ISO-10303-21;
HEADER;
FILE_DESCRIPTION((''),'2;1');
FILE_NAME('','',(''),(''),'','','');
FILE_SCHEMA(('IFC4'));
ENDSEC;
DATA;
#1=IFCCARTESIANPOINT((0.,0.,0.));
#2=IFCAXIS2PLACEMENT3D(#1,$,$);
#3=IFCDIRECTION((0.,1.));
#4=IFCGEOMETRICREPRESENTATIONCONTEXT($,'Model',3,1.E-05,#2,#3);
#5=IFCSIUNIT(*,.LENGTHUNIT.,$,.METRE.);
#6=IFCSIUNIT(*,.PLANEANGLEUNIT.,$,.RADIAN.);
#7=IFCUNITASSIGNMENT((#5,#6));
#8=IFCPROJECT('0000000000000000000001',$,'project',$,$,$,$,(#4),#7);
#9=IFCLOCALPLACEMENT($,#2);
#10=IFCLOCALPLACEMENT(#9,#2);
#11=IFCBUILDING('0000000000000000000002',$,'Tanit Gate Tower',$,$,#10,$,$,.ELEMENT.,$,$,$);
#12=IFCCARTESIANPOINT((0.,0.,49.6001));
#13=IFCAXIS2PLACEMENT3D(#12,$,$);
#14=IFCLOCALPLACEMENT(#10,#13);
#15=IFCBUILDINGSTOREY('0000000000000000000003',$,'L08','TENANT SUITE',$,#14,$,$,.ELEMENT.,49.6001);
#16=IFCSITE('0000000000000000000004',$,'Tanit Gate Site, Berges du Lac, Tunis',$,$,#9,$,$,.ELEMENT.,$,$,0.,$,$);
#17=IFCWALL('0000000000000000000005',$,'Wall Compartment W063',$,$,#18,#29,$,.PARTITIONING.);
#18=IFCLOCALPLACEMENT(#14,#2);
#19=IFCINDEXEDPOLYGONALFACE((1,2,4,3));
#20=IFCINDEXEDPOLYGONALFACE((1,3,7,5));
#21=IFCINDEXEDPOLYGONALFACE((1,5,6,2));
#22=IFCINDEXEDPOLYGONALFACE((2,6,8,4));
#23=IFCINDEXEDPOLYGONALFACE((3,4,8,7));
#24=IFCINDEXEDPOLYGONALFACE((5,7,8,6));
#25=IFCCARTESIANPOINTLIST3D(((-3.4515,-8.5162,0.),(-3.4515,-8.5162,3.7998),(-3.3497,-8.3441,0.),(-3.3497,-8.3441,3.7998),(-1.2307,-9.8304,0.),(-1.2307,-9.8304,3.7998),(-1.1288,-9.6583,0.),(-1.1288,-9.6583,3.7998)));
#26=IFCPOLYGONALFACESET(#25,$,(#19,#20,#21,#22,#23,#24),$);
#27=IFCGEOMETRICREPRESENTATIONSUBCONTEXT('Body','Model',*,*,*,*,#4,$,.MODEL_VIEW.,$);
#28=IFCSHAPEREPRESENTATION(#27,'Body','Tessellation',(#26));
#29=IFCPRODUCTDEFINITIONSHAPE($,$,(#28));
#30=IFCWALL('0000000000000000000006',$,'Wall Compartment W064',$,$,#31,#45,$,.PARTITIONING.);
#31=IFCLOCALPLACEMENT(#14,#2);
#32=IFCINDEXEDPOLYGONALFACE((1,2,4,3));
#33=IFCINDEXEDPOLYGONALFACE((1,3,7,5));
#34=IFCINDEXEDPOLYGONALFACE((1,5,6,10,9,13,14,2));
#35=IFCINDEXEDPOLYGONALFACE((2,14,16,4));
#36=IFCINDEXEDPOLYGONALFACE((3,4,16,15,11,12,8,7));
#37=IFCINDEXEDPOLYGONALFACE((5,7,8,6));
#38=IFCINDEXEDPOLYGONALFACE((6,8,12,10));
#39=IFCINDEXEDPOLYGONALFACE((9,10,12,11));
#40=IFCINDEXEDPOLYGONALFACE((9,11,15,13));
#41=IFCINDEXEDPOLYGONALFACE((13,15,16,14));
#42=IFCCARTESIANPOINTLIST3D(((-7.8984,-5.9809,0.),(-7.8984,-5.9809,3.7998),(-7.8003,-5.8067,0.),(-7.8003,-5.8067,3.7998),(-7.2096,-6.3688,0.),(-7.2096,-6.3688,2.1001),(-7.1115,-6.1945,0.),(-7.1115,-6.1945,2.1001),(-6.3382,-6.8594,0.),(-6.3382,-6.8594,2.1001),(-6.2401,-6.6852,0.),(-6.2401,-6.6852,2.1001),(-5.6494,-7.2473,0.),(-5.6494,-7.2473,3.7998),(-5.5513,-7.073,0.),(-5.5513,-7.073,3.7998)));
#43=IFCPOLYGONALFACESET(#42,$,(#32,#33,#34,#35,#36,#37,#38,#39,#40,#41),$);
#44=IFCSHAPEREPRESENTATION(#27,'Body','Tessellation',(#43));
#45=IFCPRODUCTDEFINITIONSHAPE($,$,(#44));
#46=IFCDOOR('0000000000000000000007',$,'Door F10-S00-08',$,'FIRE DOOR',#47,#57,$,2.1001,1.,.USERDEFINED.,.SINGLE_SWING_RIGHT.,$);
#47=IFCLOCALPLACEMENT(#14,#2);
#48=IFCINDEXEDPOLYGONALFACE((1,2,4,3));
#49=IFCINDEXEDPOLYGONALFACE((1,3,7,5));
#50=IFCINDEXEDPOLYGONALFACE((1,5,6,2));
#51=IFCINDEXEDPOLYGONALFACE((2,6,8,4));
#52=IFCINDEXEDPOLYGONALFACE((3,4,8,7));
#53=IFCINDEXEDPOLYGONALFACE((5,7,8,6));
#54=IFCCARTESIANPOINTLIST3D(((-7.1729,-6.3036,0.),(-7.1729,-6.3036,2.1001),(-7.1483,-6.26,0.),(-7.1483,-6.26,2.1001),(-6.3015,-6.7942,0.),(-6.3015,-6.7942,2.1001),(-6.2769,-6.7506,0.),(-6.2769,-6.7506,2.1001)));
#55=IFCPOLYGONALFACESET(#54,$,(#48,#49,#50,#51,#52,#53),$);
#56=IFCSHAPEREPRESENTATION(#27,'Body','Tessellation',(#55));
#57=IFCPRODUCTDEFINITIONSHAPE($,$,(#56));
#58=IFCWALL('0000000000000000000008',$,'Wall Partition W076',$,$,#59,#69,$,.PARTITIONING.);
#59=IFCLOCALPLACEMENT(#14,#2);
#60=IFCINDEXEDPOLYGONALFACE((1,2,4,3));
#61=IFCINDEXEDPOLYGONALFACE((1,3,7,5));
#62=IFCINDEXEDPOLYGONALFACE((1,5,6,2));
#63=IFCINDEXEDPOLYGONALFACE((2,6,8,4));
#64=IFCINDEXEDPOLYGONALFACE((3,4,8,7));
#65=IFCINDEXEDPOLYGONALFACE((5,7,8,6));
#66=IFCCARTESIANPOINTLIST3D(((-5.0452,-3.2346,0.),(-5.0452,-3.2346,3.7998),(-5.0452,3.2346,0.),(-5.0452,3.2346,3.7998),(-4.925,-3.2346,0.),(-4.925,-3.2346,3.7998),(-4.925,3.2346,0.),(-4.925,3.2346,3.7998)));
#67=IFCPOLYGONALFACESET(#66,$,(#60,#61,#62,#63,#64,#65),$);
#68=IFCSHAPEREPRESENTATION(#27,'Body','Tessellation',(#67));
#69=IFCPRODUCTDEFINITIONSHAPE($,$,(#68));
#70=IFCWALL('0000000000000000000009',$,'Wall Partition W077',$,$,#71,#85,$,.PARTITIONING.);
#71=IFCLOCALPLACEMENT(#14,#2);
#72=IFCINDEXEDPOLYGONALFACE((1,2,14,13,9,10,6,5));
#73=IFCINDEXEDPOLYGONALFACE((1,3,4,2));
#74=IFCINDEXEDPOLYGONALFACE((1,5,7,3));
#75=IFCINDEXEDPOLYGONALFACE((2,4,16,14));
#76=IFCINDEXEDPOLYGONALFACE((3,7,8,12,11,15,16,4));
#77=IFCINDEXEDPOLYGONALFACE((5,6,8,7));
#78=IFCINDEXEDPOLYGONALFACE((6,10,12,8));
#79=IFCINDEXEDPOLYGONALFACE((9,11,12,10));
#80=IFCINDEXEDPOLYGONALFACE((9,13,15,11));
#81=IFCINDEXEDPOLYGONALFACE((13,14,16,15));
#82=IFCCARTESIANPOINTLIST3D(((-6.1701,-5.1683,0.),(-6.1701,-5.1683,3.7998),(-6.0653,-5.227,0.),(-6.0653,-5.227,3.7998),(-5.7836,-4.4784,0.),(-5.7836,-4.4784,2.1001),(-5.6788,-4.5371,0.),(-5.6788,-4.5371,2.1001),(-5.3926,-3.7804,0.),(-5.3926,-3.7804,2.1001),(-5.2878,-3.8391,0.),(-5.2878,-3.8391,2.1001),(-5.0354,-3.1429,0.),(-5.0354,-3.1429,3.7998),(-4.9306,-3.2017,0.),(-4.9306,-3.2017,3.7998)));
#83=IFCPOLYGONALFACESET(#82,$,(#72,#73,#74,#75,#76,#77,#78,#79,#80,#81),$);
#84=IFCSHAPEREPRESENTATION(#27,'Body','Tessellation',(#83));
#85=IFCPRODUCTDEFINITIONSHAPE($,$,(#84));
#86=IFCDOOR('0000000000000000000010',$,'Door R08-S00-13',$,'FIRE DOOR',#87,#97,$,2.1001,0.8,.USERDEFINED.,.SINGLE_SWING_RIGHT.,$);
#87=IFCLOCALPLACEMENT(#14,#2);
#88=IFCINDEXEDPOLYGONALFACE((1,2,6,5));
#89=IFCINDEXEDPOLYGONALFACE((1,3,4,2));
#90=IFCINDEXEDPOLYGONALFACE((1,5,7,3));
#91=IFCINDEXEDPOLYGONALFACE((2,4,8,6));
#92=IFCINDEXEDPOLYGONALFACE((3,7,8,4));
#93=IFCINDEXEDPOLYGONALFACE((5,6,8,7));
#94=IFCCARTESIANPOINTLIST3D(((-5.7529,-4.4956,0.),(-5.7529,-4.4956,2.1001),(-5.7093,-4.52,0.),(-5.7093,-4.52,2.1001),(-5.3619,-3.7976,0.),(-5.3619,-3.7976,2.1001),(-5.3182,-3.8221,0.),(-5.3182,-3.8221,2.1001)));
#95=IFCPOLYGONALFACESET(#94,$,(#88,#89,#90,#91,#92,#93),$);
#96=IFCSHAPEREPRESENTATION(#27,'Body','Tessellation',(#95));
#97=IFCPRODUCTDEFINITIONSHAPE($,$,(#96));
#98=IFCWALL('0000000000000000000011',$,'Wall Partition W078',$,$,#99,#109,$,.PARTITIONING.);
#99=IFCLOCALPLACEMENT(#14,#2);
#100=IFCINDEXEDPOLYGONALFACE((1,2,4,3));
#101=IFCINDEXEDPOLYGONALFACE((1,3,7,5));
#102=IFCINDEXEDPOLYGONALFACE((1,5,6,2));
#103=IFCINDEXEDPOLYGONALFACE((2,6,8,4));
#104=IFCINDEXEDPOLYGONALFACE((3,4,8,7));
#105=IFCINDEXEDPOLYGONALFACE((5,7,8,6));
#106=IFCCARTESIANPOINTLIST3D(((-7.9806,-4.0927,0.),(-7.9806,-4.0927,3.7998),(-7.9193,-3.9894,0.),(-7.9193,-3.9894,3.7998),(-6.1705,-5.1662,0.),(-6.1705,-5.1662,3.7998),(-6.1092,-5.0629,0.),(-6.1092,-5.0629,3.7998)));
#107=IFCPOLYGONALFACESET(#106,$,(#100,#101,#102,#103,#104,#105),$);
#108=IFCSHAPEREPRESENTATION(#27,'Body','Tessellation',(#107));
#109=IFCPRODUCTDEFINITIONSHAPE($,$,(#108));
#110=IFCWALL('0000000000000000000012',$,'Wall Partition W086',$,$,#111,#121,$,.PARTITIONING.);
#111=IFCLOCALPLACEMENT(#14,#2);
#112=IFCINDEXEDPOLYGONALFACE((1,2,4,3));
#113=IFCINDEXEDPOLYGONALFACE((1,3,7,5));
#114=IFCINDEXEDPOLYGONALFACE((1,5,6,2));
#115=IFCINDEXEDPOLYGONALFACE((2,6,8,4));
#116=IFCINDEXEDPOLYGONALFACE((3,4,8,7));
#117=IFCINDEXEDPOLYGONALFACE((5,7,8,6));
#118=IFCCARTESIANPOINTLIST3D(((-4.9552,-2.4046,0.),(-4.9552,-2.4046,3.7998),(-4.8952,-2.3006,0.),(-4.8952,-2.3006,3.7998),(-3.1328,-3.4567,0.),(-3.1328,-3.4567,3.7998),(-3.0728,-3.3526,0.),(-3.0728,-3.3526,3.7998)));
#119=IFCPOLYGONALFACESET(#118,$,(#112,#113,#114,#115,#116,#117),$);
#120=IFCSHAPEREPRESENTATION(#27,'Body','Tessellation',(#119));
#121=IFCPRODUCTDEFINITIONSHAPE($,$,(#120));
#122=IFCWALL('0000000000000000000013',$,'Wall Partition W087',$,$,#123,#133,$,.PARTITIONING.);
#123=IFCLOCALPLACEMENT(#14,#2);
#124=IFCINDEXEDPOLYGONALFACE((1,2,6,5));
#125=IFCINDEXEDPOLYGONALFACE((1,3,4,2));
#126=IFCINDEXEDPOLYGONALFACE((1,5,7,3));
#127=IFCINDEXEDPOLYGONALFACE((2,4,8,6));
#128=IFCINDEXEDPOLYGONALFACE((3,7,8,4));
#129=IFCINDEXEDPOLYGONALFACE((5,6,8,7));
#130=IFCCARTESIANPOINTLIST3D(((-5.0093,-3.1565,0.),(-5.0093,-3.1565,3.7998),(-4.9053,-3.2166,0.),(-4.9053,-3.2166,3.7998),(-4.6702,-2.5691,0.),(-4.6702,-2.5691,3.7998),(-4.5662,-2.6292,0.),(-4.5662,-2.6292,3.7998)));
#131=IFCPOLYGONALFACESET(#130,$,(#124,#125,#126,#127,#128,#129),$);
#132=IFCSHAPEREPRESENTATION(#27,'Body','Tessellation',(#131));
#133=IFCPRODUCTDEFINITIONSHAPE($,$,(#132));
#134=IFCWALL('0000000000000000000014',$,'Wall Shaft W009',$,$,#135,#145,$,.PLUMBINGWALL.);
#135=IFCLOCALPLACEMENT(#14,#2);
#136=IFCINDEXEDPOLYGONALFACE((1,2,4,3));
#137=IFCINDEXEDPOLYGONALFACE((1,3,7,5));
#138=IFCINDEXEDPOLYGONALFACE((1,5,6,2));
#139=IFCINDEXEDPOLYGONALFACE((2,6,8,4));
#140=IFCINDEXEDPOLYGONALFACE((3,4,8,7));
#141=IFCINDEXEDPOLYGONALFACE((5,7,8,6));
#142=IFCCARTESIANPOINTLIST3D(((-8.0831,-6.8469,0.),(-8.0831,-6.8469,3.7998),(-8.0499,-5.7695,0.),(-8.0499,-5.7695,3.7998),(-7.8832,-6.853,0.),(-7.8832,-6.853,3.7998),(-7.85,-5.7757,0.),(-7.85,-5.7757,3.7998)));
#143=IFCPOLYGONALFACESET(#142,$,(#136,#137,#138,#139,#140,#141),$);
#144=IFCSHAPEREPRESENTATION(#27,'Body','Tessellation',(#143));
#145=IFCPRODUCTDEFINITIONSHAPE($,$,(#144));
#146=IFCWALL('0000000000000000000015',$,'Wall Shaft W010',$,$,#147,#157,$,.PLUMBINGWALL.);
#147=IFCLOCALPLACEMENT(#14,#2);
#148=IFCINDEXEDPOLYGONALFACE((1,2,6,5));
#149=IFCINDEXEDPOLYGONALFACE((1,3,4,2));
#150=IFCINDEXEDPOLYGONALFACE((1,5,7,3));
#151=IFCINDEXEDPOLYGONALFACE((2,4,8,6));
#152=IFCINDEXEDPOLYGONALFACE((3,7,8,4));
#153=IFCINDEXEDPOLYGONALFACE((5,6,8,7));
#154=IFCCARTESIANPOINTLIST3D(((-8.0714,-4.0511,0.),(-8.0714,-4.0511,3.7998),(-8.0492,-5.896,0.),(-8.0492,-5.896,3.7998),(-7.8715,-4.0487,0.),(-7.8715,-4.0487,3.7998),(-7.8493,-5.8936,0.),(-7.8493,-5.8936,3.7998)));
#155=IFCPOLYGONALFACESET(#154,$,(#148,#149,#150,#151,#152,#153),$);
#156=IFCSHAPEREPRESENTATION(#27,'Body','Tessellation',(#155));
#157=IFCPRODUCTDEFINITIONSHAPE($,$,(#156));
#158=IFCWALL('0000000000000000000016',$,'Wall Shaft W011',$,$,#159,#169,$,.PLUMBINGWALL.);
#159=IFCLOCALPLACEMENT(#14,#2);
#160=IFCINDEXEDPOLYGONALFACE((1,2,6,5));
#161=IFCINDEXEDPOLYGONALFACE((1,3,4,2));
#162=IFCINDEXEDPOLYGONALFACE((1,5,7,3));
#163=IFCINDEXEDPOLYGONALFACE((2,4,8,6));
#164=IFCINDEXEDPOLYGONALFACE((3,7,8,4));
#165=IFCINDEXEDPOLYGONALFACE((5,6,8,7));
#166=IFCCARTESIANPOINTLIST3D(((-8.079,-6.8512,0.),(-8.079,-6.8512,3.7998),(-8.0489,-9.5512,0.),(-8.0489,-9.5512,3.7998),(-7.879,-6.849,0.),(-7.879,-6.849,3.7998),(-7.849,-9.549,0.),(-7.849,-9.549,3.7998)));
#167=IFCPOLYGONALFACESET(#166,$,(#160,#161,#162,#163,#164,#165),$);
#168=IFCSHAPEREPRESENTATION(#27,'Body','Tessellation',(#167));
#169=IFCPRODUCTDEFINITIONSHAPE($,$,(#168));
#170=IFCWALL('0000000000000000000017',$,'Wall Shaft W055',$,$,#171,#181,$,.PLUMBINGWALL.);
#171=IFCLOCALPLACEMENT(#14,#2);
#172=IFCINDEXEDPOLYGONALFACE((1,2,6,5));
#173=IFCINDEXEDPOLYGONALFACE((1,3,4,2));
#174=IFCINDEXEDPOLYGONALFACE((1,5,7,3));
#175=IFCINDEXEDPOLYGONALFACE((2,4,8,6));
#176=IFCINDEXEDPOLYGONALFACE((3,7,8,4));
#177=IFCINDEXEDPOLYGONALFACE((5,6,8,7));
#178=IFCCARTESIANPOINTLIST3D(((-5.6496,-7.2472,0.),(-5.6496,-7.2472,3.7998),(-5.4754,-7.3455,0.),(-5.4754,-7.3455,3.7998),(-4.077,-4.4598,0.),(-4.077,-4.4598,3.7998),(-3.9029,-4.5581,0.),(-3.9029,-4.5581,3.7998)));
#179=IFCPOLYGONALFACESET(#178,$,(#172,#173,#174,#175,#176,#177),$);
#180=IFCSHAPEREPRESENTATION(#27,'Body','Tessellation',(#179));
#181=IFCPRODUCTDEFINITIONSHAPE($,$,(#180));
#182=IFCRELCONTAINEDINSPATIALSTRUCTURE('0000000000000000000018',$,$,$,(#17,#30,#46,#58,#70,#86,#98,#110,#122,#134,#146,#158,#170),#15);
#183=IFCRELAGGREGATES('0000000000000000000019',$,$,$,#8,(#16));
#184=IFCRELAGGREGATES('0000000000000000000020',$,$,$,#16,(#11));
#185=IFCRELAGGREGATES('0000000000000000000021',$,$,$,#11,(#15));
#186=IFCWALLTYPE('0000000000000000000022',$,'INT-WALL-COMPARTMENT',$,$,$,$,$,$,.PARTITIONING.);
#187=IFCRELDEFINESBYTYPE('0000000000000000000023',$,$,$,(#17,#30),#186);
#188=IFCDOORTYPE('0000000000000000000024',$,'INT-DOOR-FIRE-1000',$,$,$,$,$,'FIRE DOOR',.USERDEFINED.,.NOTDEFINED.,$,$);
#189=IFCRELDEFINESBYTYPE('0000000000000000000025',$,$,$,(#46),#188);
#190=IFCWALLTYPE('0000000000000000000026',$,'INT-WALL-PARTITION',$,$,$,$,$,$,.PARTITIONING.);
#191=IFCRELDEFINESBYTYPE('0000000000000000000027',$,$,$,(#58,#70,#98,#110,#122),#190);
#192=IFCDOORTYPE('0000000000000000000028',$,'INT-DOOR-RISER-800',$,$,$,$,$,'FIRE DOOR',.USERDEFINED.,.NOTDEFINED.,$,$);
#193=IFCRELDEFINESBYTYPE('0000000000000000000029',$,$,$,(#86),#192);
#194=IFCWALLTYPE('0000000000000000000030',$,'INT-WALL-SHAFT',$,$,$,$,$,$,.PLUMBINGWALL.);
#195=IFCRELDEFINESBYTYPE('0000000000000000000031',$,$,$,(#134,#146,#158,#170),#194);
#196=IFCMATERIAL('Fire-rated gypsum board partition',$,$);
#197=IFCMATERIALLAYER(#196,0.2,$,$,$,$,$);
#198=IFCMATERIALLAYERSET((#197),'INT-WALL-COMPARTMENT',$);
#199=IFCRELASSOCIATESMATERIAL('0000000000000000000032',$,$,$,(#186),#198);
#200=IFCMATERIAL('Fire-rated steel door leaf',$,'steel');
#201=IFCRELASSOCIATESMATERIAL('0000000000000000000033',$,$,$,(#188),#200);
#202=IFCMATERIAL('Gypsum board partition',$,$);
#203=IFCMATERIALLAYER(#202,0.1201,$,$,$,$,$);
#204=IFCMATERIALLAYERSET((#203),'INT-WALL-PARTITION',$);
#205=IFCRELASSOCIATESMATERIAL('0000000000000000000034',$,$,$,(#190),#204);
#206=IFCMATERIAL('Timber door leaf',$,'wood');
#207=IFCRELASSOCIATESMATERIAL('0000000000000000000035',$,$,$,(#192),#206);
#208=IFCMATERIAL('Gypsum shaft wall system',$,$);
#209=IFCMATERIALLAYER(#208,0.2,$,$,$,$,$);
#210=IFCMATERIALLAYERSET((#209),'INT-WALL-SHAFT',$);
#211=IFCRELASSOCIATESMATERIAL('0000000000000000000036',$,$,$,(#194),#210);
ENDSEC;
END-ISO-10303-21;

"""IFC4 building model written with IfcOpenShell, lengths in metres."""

from ifc_helpers import new_model, si_unit, direction, frame, frame_2d, origin, place, context, subcontext, project, spatial, rectangle, extrude, material, layer, layer_set, type_object, element, fill, save


model = new_model("IFC4")

# Units and contexts
model_context = context("Model", 3, precision=1e-05, world=origin(), true_north=direction((0.0, 1.0)))
body_context = subcontext(model_context, "Body", "Model", "MODEL_VIEW")
ifc_project = project(units=[si_unit("LENGTHUNIT", "METRE"), si_unit("PLANEANGLEUNIT", "RADIAN")], contexts=[model_context])

# Site, building, storey
site_placement = place(None, origin())
site = spatial("IfcSite", under=ifc_project, at=site_placement, Name="Tanit Gate Site, Berges du Lac, Tunis", CompositionType="ELEMENT", RefElevation=0.0)
building_placement = place(site_placement, origin())
building = spatial("IfcBuilding", under=site, at=building_placement, Name="Tanit Gate Tower", CompositionType="ELEMENT")
storey_placement = place(building_placement, frame((0.0, 0.0, 49.6001)))
storey = spatial("IfcBuildingStorey", under=building, at=storey_placement, Name="L08", Description="TENANT SUITE", CompositionType="ELEMENT", Elevation=49.6001)

# Wall
ifc_material_1 = material(Name="Fire-rated gypsum board partition")
ifc_layer_1 = layer(ifc_material_1, 0.2)
ifc_layer_set_1 = layer_set([ifc_layer_1], Name="INT-WALL-COMPARTMENT")
wall_type_1 = type_object("IfcWallType", Name="INT-WALL-COMPARTMENT", PredefinedType="PARTITIONING", material=ifc_layer_set_1)
wall_1_placement = place(storey_placement, frame((-3.4006, -8.4302, 0.0), z_axis=(0.0, 0.0, 1.0), x_axis=(0.860616, -0.509255, 0.0)))
element("IfcWall", 1, at=wall_1_placement, inside=storey, type_object=wall_type_1, Name="Wall Compartment W063", PredefinedType="PARTITIONING", context=body_context, shape_type="SweptSolid", body=[
    extrude(rectangle(XDim=2.5806, YDim=0.2, at=frame_2d((1.2903, 0.0))), origin(), (0.0, 0.0, 1.0), 3.7998),
])

# Wall, opening, door
wall_2_placement = place(storey_placement, frame((-7.8494, -5.8938, 0.0), z_axis=(0.0, 0.0, 1.0), x_axis=(0.871363, -0.490638, 0.0)))
wall_2 = element("IfcWall", 2, at=wall_2_placement, inside=storey, type_object=wall_type_1, Name="Wall Compartment W064", PredefinedType="PARTITIONING", context=body_context, shape_type="SweptSolid", body=[
    extrude(rectangle(XDim=2.5811, YDim=0.2, at=frame_2d((1.2905, 0.0))), origin(), (0.0, 0.0, 1.0), 3.7998),
])
opening_1_placement = place(wall_2_placement, frame((0.7905, 0.0, 0.0)))
opening_1 = element("IfcOpeningElement", 3, at=opening_1_placement, cuts=wall_2, PredefinedType="OPENING", context=body_context, shape_type="SweptSolid", body=[
    extrude(rectangle(XDim=1.0, YDim=2.1001, at=frame_2d((0.5, 1.05))), frame((0.0, 0.1099, 0.0), z_axis=(0.0, -1.0, 0.0), x_axis=(1.0, 0.0, 0.0)), (0.0, 0.0, 1.0), 0.22),
])
ifc_material_2 = material(Name="Fire-rated steel door leaf", Category="steel")
door_type_1 = type_object("IfcDoorType", Name="INT-DOOR-FIRE-1000", ElementType="FIRE DOOR", OperationType="NOTDEFINED", PredefinedType="USERDEFINED", material=ifc_material_2)
door_1_placement = place(opening_1_placement, origin())
door_1 = element("IfcDoor", 4, at=door_1_placement, inside=storey, type_object=door_type_1, Name="Door F10-S00-08", ObjectType="FIRE DOOR", OperationType="SINGLE_SWING_RIGHT", OverallHeight=2.1001, OverallWidth=1.0, PredefinedType="USERDEFINED", context=body_context, shape_type="SweptSolid", body=[
    extrude(rectangle(XDim=1.0, YDim=2.1001, at=frame_2d((0.5, 1.05))), frame((0.0, 0.0249, 0.0), z_axis=(0.0, -1.0, 0.0), x_axis=(1.0, 0.0, 0.0)), (0.0, 0.0, 1.0), 0.05),
])
fill(opening_1, door_1)

# Wall
ifc_material_3 = material(Name="Gypsum board partition")
ifc_layer_2 = layer(ifc_material_3, 0.1201)
ifc_layer_set_2 = layer_set([ifc_layer_2], Name="INT-WALL-PARTITION")
wall_type_2 = type_object("IfcWallType", Name="INT-WALL-PARTITION", PredefinedType="PARTITIONING", material=ifc_layer_set_2)
wall_3_placement = place(storey_placement, frame((-4.9851, -3.2346, 0.0), z_axis=(0.0, 0.0, 1.0), x_axis=(0.0, 1.0, 0.0)))
element("IfcWall", 5, at=wall_3_placement, inside=storey, type_object=wall_type_2, Name="Wall Partition W076", PredefinedType="PARTITIONING", context=body_context, shape_type="SweptSolid", body=[
    extrude(rectangle(XDim=6.4692, YDim=0.1201, at=frame_2d((3.2346, 0.0))), origin(), (0.0, 0.0, 1.0), 3.7998),
])

# Wall, opening, door
wall_4_placement = place(storey_placement, frame((-6.1177, -5.1975, 0.0), z_axis=(0.0, 0.0, 1.0), x_axis=(0.488783, 0.872406, 0.0)))
wall_4 = element("IfcWall", 6, at=wall_4_placement, inside=storey, type_object=wall_type_2, Name="Wall Partition W077", PredefinedType="PARTITIONING", context=body_context, shape_type="SweptSolid", body=[
    extrude(rectangle(XDim=2.3215, YDim=0.1201, at=frame_2d((1.1606, 0.0))), origin(), (0.0, 0.0, 1.0), 3.7998),
])
opening_2_placement = place(wall_4_placement, frame((0.7908, 0.0, 0.0)))
opening_2 = element("IfcOpeningElement", 7, at=opening_2_placement, cuts=wall_4, PredefinedType="OPENING", context=body_context, shape_type="SweptSolid", body=[
    extrude(rectangle(XDim=0.8, YDim=2.1001, at=frame_2d((0.3999, 1.05))), frame((0.0, 0.0701, 0.0), z_axis=(0.0, -1.0, 0.0), x_axis=(1.0, 0.0, 0.0)), (0.0, 0.0, 1.0), 0.1401),
])
ifc_material_4 = material(Name="Timber door leaf", Category="wood")
door_type_2 = type_object("IfcDoorType", Name="INT-DOOR-RISER-800", ElementType="FIRE DOOR", OperationType="NOTDEFINED", PredefinedType="USERDEFINED", material=ifc_material_4)
door_2_placement = place(opening_2_placement, origin())
door_2 = element("IfcDoor", 8, at=door_2_placement, inside=storey, type_object=door_type_2, Name="Door R08-S00-13", ObjectType="FIRE DOOR", OperationType="SINGLE_SWING_RIGHT", OverallHeight=2.1001, OverallWidth=0.8, PredefinedType="USERDEFINED", context=body_context, shape_type="SweptSolid", body=[
    extrude(rectangle(XDim=0.8, YDim=2.1001, at=frame_2d((0.3999, 1.05))), frame((0.0, 0.0249, 0.0), z_axis=(0.0, -1.0, 0.0), x_axis=(1.0, 0.0, 0.0)), (0.0, 0.0, 1.0), 0.05),
])
fill(opening_2, door_2)

# Walls
wall_5_placement = place(storey_placement, frame((-7.95, -4.041, 0.0), z_axis=(0.0, 0.0, 1.0), x_axis=(0.860112, -0.510104, 0.0)))
element("IfcWall", 9, at=wall_5_placement, inside=storey, type_object=wall_type_2, Name="Wall Partition W078", PredefinedType="PARTITIONING", context=body_context, shape_type="SweptSolid", body=[
    extrude(rectangle(XDim=2.1045, YDim=0.1201, at=frame_2d((1.0522, 0.0))), origin(), (0.0, 0.0, 1.0), 3.7998),
])
wall_6_placement = place(storey_placement, frame((-4.9253, -2.3525, 0.0), z_axis=(0.0, 0.0, 1.0), x_axis=(0.866043, -0.49997, 0.0)))
element("IfcWall", 10, at=wall_6_placement, inside=storey, type_object=wall_type_2, Name="Wall Partition W086", PredefinedType="PARTITIONING", context=body_context, shape_type="SweptSolid", body=[
    extrude(rectangle(XDim=2.1042, YDim=0.1201, at=frame_2d((1.0522, 0.0))), origin(), (0.0, 0.0, 1.0), 3.7998),
])
wall_7_placement = place(storey_placement, frame((-4.9573, -3.1865, 0.0), z_axis=(0.0, 0.0, 1.0), x_axis=(0.499972, 0.866042, 0.0)))
element("IfcWall", 11, at=wall_7_placement, inside=storey, type_object=wall_type_2, Name="Wall Partition W087", PredefinedType="PARTITIONING", context=body_context, shape_type="SweptSolid", body=[
    extrude(rectangle(XDim=0.6782, YDim=0.1201, at=frame_2d((0.3391, 0.0))), origin(), (0.0, 0.0, 1.0), 3.7998),
])
ifc_material_5 = material(Name="Gypsum shaft wall system")
ifc_layer_3 = layer(ifc_material_5, 0.2)
ifc_layer_set_3 = layer_set([ifc_layer_3], Name="INT-WALL-SHAFT")
wall_type_3 = type_object("IfcWallType", Name="INT-WALL-SHAFT", PredefinedType="PLUMBINGWALL", material=ifc_layer_set_3)
wall_8_placement = place(storey_placement, frame((-7.95, -5.7725, 0.0), z_axis=(0.0, 0.0, 1.0), x_axis=(-0.030803, -0.999525, 0.0)))
element("IfcWall", 12, at=wall_8_placement, inside=storey, type_object=wall_type_3, Name="Wall Shaft W009", PredefinedType="PLUMBINGWALL", context=body_context, shape_type="SweptSolid", body=[
    extrude(rectangle(XDim=1.0779, YDim=0.2, at=frame_2d((0.5391, 0.0))), origin(), (0.0, 0.0, 1.0), 3.7998),
])
wall_9_placement = place(storey_placement, frame((-7.9714, -4.05, 0.0), z_axis=(0.0, 0.0, 1.0), x_axis=(0.012043, -0.999927, 0.0)))
element("IfcWall", 13, at=wall_9_placement, inside=storey, type_object=wall_type_3, Name="Wall Shaft W010", PredefinedType="PLUMBINGWALL", context=body_context, shape_type="SweptSolid", body=[
    extrude(rectangle(XDim=1.845, YDim=0.2, at=frame_2d((0.9224, 0.0))), origin(), (0.0, 0.0, 1.0), 3.7998),
])
wall_10_placement = place(storey_placement, frame((-7.979, -6.8501, 0.0), z_axis=(0.0, 0.0, 1.0), x_axis=(0.011121, -0.999938, 0.0)))
element("IfcWall", 14, at=wall_10_placement, inside=storey, type_object=wall_type_3, Name="Wall Shaft W011", PredefinedType="PLUMBINGWALL", context=body_context, shape_type="SweptSolid", body=[
    extrude(rectangle(XDim=2.7002, YDim=0.2, at=frame_2d((1.3501, 0.0))), origin(), (0.0, 0.0, 1.0), 3.7998),
])

# Wall
wall_11_placement = place(storey_placement, frame((-3.99, -4.509, 0.0), z_axis=(0.0, 0.0, 1.0), x_axis=(-0.491358, -0.870958, 0.0)))
element("IfcWall", 15, at=wall_11_placement, inside=storey, type_object=wall_type_3, Name="Wall Shaft W055", PredefinedType="PLUMBINGWALL", context=body_context, shape_type="SweptSolid", body=[
    extrude(rectangle(XDim=3.2004, YDim=0.2, at=frame_2d((1.6001, 0.0))), origin(), (0.0, 0.0, 1.0), 3.7998),
])

save(model, "model.ifc")
